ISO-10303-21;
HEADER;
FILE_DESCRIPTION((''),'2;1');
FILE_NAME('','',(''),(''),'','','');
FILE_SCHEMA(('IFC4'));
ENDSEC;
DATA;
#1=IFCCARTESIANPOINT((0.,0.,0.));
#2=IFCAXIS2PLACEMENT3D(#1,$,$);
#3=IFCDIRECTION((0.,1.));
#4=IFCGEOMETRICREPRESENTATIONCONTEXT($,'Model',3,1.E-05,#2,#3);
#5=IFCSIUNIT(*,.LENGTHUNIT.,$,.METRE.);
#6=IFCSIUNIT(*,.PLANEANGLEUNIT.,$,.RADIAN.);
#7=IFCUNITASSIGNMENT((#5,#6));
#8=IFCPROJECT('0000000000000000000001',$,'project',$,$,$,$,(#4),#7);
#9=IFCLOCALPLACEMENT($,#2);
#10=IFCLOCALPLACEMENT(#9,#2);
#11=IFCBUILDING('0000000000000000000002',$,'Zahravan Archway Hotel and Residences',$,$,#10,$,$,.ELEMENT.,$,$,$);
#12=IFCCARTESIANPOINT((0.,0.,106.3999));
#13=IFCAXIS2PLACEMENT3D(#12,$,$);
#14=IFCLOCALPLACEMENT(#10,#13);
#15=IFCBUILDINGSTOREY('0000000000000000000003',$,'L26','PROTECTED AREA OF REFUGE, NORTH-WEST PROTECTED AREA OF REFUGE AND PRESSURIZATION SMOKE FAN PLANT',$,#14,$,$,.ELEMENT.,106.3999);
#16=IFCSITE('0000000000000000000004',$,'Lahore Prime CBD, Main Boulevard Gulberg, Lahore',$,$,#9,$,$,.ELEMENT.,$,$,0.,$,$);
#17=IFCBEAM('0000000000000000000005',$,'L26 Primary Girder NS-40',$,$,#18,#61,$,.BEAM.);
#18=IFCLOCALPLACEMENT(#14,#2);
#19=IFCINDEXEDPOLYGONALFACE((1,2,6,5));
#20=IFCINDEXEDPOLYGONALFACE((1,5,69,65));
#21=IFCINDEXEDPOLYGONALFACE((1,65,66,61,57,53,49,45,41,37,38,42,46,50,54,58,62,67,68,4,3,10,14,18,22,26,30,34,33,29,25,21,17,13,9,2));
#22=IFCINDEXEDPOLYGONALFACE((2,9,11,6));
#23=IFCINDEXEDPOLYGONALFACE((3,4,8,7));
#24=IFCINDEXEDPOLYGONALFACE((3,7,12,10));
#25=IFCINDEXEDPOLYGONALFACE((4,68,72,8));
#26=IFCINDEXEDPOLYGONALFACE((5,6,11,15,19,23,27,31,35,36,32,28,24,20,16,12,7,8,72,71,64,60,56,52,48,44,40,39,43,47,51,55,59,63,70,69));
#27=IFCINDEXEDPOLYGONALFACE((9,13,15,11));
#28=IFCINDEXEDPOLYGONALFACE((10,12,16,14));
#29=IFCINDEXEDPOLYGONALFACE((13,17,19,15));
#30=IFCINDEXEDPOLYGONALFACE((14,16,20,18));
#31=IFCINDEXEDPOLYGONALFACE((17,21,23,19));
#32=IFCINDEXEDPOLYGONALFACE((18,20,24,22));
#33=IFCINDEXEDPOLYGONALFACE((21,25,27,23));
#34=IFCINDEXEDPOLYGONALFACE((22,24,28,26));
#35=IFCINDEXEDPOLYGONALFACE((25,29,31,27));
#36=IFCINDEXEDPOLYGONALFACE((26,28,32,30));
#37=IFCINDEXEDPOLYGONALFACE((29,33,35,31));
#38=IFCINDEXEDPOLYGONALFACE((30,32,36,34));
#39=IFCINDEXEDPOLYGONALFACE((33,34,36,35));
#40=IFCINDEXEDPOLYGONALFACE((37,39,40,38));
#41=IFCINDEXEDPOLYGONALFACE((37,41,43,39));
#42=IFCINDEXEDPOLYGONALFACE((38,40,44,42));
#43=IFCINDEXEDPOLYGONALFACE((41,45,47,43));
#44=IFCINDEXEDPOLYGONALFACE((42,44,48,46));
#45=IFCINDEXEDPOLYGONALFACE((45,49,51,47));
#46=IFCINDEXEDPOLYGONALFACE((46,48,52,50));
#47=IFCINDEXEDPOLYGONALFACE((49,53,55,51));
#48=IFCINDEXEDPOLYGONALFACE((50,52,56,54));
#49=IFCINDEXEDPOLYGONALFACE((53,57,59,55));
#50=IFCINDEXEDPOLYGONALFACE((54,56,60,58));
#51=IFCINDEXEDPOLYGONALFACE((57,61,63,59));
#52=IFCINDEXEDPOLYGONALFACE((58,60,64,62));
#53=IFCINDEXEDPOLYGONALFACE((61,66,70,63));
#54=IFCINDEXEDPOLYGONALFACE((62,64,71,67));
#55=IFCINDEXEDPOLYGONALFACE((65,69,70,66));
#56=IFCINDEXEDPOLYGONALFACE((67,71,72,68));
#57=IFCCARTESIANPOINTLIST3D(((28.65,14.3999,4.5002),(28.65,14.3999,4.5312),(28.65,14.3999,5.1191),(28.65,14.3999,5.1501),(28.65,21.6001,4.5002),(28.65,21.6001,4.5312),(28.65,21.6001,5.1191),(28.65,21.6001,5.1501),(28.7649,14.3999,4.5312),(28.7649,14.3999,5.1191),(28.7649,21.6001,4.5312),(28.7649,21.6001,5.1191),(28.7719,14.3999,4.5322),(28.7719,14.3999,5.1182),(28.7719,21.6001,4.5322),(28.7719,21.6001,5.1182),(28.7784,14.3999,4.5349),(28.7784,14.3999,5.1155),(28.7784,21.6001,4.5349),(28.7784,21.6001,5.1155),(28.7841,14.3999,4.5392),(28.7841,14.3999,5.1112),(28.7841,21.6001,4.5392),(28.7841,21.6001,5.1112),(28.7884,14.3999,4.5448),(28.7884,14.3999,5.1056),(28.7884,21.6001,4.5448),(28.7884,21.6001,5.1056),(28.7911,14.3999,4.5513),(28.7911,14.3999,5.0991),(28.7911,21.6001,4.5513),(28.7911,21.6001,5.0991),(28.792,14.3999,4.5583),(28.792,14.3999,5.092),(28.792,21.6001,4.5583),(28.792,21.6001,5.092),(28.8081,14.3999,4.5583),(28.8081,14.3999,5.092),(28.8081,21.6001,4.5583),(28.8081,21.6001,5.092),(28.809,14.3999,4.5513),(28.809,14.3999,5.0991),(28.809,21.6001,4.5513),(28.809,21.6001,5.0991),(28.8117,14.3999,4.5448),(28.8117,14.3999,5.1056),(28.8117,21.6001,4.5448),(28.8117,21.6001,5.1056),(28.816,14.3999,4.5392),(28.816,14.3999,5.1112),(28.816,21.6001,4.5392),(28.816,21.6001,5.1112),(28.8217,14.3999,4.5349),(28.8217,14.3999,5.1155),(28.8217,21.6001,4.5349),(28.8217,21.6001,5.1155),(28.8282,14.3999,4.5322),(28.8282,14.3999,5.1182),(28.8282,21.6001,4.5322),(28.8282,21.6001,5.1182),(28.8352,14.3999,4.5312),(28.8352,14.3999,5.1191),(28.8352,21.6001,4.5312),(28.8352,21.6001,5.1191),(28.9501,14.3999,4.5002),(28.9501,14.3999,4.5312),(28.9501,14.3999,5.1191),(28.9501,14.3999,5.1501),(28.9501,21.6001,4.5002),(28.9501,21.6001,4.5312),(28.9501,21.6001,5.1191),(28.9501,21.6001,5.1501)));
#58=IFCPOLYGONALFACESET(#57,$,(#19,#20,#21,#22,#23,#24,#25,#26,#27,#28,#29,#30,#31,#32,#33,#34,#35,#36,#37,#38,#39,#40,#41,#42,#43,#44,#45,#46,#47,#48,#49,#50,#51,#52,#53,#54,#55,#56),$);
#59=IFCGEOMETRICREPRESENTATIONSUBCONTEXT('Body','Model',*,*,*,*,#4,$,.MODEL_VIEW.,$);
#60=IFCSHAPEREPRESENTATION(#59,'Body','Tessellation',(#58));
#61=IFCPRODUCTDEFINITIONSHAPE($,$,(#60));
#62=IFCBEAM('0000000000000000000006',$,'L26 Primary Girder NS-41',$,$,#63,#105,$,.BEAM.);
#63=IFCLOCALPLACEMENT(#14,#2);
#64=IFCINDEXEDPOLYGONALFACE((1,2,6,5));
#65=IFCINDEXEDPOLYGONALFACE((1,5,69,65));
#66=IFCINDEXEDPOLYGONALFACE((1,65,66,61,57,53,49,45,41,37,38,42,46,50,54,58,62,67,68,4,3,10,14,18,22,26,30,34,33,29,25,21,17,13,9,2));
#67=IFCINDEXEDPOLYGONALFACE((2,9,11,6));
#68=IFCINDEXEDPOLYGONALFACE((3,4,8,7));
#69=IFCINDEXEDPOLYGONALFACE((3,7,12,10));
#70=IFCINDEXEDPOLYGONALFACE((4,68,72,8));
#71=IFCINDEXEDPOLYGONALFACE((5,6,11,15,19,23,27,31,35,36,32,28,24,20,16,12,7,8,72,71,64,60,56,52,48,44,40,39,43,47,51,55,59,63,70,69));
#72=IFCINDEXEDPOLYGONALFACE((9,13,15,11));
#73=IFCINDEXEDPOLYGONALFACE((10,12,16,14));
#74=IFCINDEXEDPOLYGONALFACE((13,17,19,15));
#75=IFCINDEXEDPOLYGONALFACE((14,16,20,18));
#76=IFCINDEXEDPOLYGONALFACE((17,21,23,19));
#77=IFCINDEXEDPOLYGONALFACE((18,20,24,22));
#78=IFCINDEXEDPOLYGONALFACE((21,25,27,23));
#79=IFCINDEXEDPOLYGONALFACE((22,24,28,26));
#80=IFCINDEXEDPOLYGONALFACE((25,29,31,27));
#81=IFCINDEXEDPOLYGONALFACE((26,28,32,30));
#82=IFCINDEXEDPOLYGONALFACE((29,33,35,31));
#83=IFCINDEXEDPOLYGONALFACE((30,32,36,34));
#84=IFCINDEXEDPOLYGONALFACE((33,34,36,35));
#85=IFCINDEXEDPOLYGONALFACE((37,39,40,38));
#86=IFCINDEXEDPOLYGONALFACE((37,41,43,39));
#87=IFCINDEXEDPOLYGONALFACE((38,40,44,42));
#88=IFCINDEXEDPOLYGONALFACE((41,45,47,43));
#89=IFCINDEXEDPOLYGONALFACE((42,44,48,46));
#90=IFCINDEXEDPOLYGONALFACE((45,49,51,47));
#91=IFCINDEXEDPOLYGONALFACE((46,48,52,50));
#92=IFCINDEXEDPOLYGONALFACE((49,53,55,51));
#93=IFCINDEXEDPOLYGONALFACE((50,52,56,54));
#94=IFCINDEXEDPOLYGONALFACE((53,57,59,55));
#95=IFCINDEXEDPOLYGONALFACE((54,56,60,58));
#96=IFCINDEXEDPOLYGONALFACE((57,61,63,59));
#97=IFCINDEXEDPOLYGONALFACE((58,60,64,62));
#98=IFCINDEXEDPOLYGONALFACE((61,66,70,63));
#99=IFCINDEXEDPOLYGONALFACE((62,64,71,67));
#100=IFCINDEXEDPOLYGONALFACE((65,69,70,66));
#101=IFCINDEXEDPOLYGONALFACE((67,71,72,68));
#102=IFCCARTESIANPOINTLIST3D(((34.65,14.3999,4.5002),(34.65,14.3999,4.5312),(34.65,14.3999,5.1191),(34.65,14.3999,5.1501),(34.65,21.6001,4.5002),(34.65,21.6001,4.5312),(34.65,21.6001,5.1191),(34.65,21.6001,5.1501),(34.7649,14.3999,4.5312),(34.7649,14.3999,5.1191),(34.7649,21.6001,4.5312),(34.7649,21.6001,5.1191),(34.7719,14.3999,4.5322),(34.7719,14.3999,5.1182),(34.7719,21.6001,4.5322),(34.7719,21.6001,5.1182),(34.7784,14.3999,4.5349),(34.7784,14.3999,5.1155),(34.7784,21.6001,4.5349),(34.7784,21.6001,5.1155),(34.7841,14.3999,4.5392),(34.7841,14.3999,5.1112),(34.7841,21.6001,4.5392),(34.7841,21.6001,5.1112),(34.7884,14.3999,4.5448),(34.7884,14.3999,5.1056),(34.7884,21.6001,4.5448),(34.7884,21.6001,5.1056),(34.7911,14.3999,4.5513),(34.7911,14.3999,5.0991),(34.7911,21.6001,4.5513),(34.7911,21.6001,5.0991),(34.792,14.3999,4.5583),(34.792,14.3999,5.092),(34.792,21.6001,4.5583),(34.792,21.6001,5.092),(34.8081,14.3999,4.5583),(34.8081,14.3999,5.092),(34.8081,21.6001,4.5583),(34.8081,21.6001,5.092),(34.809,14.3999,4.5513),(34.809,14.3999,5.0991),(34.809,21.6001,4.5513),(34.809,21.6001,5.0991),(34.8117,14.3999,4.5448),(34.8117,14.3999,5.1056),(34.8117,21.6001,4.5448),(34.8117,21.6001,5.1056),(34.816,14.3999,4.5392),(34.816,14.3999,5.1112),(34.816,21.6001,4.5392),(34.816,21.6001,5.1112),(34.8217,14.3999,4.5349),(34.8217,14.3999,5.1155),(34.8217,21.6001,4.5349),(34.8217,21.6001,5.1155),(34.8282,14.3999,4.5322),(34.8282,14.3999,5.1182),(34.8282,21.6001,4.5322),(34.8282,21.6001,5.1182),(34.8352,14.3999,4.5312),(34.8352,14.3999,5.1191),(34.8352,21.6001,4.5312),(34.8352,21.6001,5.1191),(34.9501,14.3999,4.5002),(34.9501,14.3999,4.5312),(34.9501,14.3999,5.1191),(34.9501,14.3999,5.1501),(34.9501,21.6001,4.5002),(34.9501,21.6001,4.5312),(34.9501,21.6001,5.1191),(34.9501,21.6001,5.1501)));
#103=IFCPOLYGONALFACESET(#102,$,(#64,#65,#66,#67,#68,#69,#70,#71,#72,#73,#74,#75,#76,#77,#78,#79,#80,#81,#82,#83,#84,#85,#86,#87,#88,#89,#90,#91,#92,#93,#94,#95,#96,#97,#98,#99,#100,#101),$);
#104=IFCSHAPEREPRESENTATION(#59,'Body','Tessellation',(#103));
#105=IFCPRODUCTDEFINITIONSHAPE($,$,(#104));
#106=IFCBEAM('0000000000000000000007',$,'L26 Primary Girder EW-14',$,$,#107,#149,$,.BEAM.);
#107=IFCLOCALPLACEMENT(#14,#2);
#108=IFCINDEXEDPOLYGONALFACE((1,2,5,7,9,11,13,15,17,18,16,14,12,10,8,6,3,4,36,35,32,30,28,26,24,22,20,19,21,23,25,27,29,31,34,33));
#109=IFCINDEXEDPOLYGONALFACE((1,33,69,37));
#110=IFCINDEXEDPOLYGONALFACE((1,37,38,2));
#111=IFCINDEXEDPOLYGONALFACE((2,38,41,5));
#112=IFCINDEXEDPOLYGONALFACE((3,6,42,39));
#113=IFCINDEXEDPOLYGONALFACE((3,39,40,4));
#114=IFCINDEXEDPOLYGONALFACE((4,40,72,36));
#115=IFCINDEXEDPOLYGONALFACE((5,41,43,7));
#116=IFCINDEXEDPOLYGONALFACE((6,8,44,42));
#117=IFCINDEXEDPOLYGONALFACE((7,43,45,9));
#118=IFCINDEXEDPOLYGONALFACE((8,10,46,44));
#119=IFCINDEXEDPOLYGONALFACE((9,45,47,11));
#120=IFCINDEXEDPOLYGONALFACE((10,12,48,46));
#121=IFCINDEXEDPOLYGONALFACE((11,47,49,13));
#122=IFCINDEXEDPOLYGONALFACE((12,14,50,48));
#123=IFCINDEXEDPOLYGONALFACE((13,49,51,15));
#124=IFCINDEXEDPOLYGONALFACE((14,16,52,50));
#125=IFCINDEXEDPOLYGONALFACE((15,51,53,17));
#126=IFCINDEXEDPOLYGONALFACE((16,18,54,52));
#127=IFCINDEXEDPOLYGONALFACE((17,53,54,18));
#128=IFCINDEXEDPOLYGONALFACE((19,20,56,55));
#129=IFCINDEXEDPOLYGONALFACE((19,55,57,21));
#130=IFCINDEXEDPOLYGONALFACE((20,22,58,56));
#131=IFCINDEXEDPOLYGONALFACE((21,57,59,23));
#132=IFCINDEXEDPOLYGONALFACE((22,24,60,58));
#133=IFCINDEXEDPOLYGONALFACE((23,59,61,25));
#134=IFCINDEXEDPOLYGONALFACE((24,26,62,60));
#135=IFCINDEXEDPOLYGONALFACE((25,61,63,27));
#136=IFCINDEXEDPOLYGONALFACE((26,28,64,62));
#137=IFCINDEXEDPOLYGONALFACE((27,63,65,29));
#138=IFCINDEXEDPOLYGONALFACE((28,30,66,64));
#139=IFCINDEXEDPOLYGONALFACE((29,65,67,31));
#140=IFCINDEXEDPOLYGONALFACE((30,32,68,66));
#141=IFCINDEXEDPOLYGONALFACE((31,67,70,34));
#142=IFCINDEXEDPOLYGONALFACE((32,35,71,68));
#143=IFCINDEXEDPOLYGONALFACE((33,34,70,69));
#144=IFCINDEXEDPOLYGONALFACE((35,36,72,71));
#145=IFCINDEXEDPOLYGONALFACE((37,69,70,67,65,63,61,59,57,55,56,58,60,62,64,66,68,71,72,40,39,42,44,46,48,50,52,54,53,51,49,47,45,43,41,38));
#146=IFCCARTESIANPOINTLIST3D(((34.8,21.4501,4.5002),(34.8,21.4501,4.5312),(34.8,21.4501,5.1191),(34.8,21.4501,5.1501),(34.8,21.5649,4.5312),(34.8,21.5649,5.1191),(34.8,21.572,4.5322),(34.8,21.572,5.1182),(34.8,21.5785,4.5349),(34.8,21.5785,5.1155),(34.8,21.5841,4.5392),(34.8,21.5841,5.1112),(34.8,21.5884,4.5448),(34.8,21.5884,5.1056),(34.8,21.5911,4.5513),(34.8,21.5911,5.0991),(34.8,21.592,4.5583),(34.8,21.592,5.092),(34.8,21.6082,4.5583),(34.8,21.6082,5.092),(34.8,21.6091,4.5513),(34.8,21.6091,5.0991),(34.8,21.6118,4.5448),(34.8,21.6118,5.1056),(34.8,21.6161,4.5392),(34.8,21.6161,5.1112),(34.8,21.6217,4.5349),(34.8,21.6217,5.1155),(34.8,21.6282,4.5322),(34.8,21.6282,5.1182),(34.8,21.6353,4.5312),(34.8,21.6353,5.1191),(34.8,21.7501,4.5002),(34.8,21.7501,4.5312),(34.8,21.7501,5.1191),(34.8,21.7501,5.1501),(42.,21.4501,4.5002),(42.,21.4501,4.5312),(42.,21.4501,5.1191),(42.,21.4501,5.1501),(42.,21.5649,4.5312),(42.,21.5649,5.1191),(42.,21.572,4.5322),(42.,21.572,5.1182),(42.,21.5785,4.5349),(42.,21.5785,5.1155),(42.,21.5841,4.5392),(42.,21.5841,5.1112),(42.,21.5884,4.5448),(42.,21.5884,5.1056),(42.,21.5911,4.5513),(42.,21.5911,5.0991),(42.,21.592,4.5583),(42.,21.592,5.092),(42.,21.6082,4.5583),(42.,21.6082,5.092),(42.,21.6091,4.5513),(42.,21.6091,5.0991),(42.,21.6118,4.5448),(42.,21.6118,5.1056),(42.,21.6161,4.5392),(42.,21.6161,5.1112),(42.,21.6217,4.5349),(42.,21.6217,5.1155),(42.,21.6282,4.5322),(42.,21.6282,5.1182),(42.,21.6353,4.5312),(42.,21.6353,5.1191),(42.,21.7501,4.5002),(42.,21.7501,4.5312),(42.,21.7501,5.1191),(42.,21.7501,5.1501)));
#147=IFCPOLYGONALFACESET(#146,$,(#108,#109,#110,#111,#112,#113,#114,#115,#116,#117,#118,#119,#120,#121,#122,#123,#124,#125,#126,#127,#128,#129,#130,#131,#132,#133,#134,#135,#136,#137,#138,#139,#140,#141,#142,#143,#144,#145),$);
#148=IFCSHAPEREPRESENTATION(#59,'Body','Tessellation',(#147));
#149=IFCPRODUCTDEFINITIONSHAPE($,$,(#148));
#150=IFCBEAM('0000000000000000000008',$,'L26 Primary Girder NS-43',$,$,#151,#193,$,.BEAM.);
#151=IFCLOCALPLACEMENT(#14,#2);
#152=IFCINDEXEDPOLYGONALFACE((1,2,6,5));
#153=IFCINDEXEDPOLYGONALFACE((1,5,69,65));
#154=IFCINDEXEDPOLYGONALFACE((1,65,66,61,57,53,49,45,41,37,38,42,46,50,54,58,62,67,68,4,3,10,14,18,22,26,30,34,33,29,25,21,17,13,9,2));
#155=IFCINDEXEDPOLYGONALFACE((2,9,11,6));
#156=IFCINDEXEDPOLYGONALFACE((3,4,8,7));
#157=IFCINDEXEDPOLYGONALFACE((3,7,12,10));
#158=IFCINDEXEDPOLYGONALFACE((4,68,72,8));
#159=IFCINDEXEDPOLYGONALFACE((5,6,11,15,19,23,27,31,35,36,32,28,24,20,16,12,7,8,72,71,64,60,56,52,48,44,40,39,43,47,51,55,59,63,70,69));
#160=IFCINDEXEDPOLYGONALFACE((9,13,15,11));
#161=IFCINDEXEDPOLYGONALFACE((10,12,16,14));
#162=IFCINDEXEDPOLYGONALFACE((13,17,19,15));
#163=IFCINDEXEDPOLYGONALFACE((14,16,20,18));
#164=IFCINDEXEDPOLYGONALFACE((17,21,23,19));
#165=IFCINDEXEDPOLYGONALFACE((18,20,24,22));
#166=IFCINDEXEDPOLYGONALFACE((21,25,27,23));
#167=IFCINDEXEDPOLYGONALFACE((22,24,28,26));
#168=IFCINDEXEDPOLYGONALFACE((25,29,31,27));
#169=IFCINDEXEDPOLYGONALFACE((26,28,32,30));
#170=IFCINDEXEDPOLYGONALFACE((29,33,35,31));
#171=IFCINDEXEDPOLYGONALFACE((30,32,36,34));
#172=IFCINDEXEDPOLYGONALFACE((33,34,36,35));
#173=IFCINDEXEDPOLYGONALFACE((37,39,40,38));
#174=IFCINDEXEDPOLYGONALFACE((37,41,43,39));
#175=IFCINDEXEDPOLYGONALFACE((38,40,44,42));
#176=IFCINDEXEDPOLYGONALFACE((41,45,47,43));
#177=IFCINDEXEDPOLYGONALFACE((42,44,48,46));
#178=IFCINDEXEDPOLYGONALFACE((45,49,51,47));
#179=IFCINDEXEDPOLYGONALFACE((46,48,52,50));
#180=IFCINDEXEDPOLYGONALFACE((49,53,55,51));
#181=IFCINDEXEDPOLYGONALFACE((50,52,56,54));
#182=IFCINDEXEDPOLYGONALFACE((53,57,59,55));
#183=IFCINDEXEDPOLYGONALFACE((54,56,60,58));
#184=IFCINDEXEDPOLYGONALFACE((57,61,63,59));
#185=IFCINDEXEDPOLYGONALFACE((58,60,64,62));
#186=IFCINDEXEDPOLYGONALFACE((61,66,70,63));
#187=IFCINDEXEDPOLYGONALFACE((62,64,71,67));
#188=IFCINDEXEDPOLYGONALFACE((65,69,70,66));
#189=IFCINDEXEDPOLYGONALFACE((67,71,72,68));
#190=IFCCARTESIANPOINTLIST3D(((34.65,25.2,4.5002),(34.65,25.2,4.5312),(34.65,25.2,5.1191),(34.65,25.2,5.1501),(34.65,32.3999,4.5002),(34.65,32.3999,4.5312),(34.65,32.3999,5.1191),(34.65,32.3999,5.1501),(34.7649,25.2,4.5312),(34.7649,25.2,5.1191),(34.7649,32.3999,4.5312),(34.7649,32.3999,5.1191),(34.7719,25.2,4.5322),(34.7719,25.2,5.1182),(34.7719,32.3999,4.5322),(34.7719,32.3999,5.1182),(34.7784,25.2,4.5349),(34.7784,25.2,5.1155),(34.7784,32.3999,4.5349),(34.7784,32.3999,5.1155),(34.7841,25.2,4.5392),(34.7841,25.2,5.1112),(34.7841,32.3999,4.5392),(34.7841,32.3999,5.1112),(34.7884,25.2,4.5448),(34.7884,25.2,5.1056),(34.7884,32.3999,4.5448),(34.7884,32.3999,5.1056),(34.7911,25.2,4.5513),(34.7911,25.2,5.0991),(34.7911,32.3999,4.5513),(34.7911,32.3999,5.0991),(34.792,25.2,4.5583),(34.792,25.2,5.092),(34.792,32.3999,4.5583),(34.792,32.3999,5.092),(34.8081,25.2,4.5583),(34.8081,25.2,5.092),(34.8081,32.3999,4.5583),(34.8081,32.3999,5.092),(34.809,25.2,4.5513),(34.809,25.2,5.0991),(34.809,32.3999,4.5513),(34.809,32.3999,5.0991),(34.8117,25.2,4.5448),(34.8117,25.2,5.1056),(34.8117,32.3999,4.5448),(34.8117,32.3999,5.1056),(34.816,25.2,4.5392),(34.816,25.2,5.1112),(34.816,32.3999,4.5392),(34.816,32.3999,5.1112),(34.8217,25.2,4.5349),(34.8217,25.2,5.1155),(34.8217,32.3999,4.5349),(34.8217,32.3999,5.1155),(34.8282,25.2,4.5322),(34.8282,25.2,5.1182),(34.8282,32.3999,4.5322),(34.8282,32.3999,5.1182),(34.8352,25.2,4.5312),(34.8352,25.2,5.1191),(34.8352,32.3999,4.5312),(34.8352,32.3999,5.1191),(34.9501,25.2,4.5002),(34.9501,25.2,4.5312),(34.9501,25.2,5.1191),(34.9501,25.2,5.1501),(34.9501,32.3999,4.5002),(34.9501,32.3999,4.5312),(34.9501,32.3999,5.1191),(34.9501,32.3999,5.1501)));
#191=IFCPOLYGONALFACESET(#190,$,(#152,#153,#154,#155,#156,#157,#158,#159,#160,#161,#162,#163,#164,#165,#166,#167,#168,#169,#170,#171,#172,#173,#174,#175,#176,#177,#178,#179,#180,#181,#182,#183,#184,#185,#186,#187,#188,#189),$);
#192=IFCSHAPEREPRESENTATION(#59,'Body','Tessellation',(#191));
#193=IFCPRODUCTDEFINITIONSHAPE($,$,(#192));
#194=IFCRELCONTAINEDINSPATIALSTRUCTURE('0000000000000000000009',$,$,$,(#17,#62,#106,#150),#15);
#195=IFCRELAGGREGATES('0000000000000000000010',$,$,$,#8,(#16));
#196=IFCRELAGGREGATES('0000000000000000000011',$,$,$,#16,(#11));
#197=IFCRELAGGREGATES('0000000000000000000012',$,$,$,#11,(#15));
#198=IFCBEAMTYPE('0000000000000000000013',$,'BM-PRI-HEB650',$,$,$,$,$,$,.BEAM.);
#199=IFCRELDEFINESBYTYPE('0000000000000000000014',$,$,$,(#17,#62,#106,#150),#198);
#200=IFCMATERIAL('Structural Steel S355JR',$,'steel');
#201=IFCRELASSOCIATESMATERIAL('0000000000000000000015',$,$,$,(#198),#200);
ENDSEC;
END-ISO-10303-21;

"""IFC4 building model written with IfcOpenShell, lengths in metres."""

from ifc_helpers import new_model, si_unit, direction, frame, origin, origin_2d, place, context, subcontext, project, spatial, i_section, extrude, source, transform, mapped, material, material_profile, profile_set, type_object, type_shapes, element, save


model = new_model("IFC4")

# Units and contexts
model_context = context("Model", 3, precision=1e-05, world=origin(), true_north=direction((0.0, 1.0)))
body_context = subcontext(model_context, "Body", "Model", "MODEL_VIEW")
ifc_project = project(units=[si_unit("LENGTHUNIT", "METRE"), si_unit("PLANEANGLEUNIT", "RADIAN")], contexts=[model_context])

# Site, building, storey
site_placement = place(None, origin())
site = spatial("IfcSite", under=ifc_project, at=site_placement, Name="Lahore Prime CBD, Main Boulevard Gulberg, Lahore", CompositionType="ELEMENT", RefElevation=0.0)
building_placement = place(site_placement, origin())
building = spatial("IfcBuilding", under=site, at=building_placement, Name="Zahravan Archway Hotel and Residences", CompositionType="ELEMENT")
storey_placement = place(building_placement, frame((0.0, 0.0, 106.3999)))
storey = spatial("IfcBuildingStorey", under=building, at=storey_placement, Name="L26", Description="PROTECTED AREA OF REFUGE, NORTH-WEST PROTECTED AREA OF REFUGE AND PRESSURIZATION SMOKE FAN PLANT", CompositionType="ELEMENT", Elevation=106.3999)

# Beams
ifc_material_1 = material(Name="Structural Steel S355JR", Category="steel")
ifc_material_profile_1 = material_profile(ifc_material_1, i_section(OverallWidth=0.3, OverallDepth=0.6499, WebThickness=0.0161, FlangeThickness=0.031, FilletRadius=0.0271, at=origin_2d()), Name="HEB 650", Category="steel")
ifc_profile_set_1 = profile_set([ifc_material_profile_1], Name="Structural Steel S355JR")
beam_type_1 = type_object("IfcBeamType", Name="BM-PRI-HEB650", PredefinedType="BEAM", material=ifc_profile_set_1)
shared_shape_1 = source(origin(), body_context, "Body", "SweptSolid", [
    extrude(i_section(OverallWidth=0.3, OverallDepth=0.6499, WebThickness=0.0161, FlangeThickness=0.031, FilletRadius=0.0271, at=origin_2d()), origin(), (0.0, 0.0, 1.0), 7.2002),
])
type_shapes(beam_type_1, [shared_shape_1])
for number, where, z_axis, x_axis, name in (
    (1, (28.8, 14.3999, 4.8252), (0.0, 1.0, 0.0), (-1.0, 0.0, 0.0), "L26 Primary Girder NS-40"),
    (2, (34.8, 14.3999, 4.8252), (0.0, 1.0, 0.0), (-1.0, 0.0, 0.0), "L26 Primary Girder NS-41"),
):
    element("IfcBeam", number, at=place(storey_placement, frame(where, z_axis=z_axis, x_axis=x_axis)), inside=storey, type_object=beam_type_1, Name=name, PredefinedType="BEAM", context=body_context, shape_type="MappedRepresentation", body=[
        mapped(shared_shape_1, transform((0.0, 0.0, 0.0), scale=1.0)),
    ])
shared_shape_2 = source(origin(), body_context, "Body", "SweptSolid", [
    extrude(i_section(OverallWidth=0.3, OverallDepth=0.6499, WebThickness=0.0161, FlangeThickness=0.031, FilletRadius=0.0271, at=origin_2d()), origin(), (0.0, 0.0, 1.0), 7.2),
])
for number, where, z_axis, x_axis, name in (
    (3, (34.8, 21.6001, 4.8252), (1.0, 0.0, 0.0), (0.0, 1.0, 0.0), "L26 Primary Girder EW-14"),
    (4, (34.8, 25.2, 4.8252), (0.0, 1.0, 0.0), (-1.0, 0.0, 0.0), "L26 Primary Girder NS-43"),
):
    element("IfcBeam", number, at=place(storey_placement, frame(where, z_axis=z_axis, x_axis=x_axis)), inside=storey, type_object=beam_type_1, Name=name, PredefinedType="BEAM", context=body_context, shape_type="MappedRepresentation", body=[
        mapped(shared_shape_2, transform((0.0, 0.0, 0.0), scale=1.0)),
    ])

save(model, "model.ifc")
